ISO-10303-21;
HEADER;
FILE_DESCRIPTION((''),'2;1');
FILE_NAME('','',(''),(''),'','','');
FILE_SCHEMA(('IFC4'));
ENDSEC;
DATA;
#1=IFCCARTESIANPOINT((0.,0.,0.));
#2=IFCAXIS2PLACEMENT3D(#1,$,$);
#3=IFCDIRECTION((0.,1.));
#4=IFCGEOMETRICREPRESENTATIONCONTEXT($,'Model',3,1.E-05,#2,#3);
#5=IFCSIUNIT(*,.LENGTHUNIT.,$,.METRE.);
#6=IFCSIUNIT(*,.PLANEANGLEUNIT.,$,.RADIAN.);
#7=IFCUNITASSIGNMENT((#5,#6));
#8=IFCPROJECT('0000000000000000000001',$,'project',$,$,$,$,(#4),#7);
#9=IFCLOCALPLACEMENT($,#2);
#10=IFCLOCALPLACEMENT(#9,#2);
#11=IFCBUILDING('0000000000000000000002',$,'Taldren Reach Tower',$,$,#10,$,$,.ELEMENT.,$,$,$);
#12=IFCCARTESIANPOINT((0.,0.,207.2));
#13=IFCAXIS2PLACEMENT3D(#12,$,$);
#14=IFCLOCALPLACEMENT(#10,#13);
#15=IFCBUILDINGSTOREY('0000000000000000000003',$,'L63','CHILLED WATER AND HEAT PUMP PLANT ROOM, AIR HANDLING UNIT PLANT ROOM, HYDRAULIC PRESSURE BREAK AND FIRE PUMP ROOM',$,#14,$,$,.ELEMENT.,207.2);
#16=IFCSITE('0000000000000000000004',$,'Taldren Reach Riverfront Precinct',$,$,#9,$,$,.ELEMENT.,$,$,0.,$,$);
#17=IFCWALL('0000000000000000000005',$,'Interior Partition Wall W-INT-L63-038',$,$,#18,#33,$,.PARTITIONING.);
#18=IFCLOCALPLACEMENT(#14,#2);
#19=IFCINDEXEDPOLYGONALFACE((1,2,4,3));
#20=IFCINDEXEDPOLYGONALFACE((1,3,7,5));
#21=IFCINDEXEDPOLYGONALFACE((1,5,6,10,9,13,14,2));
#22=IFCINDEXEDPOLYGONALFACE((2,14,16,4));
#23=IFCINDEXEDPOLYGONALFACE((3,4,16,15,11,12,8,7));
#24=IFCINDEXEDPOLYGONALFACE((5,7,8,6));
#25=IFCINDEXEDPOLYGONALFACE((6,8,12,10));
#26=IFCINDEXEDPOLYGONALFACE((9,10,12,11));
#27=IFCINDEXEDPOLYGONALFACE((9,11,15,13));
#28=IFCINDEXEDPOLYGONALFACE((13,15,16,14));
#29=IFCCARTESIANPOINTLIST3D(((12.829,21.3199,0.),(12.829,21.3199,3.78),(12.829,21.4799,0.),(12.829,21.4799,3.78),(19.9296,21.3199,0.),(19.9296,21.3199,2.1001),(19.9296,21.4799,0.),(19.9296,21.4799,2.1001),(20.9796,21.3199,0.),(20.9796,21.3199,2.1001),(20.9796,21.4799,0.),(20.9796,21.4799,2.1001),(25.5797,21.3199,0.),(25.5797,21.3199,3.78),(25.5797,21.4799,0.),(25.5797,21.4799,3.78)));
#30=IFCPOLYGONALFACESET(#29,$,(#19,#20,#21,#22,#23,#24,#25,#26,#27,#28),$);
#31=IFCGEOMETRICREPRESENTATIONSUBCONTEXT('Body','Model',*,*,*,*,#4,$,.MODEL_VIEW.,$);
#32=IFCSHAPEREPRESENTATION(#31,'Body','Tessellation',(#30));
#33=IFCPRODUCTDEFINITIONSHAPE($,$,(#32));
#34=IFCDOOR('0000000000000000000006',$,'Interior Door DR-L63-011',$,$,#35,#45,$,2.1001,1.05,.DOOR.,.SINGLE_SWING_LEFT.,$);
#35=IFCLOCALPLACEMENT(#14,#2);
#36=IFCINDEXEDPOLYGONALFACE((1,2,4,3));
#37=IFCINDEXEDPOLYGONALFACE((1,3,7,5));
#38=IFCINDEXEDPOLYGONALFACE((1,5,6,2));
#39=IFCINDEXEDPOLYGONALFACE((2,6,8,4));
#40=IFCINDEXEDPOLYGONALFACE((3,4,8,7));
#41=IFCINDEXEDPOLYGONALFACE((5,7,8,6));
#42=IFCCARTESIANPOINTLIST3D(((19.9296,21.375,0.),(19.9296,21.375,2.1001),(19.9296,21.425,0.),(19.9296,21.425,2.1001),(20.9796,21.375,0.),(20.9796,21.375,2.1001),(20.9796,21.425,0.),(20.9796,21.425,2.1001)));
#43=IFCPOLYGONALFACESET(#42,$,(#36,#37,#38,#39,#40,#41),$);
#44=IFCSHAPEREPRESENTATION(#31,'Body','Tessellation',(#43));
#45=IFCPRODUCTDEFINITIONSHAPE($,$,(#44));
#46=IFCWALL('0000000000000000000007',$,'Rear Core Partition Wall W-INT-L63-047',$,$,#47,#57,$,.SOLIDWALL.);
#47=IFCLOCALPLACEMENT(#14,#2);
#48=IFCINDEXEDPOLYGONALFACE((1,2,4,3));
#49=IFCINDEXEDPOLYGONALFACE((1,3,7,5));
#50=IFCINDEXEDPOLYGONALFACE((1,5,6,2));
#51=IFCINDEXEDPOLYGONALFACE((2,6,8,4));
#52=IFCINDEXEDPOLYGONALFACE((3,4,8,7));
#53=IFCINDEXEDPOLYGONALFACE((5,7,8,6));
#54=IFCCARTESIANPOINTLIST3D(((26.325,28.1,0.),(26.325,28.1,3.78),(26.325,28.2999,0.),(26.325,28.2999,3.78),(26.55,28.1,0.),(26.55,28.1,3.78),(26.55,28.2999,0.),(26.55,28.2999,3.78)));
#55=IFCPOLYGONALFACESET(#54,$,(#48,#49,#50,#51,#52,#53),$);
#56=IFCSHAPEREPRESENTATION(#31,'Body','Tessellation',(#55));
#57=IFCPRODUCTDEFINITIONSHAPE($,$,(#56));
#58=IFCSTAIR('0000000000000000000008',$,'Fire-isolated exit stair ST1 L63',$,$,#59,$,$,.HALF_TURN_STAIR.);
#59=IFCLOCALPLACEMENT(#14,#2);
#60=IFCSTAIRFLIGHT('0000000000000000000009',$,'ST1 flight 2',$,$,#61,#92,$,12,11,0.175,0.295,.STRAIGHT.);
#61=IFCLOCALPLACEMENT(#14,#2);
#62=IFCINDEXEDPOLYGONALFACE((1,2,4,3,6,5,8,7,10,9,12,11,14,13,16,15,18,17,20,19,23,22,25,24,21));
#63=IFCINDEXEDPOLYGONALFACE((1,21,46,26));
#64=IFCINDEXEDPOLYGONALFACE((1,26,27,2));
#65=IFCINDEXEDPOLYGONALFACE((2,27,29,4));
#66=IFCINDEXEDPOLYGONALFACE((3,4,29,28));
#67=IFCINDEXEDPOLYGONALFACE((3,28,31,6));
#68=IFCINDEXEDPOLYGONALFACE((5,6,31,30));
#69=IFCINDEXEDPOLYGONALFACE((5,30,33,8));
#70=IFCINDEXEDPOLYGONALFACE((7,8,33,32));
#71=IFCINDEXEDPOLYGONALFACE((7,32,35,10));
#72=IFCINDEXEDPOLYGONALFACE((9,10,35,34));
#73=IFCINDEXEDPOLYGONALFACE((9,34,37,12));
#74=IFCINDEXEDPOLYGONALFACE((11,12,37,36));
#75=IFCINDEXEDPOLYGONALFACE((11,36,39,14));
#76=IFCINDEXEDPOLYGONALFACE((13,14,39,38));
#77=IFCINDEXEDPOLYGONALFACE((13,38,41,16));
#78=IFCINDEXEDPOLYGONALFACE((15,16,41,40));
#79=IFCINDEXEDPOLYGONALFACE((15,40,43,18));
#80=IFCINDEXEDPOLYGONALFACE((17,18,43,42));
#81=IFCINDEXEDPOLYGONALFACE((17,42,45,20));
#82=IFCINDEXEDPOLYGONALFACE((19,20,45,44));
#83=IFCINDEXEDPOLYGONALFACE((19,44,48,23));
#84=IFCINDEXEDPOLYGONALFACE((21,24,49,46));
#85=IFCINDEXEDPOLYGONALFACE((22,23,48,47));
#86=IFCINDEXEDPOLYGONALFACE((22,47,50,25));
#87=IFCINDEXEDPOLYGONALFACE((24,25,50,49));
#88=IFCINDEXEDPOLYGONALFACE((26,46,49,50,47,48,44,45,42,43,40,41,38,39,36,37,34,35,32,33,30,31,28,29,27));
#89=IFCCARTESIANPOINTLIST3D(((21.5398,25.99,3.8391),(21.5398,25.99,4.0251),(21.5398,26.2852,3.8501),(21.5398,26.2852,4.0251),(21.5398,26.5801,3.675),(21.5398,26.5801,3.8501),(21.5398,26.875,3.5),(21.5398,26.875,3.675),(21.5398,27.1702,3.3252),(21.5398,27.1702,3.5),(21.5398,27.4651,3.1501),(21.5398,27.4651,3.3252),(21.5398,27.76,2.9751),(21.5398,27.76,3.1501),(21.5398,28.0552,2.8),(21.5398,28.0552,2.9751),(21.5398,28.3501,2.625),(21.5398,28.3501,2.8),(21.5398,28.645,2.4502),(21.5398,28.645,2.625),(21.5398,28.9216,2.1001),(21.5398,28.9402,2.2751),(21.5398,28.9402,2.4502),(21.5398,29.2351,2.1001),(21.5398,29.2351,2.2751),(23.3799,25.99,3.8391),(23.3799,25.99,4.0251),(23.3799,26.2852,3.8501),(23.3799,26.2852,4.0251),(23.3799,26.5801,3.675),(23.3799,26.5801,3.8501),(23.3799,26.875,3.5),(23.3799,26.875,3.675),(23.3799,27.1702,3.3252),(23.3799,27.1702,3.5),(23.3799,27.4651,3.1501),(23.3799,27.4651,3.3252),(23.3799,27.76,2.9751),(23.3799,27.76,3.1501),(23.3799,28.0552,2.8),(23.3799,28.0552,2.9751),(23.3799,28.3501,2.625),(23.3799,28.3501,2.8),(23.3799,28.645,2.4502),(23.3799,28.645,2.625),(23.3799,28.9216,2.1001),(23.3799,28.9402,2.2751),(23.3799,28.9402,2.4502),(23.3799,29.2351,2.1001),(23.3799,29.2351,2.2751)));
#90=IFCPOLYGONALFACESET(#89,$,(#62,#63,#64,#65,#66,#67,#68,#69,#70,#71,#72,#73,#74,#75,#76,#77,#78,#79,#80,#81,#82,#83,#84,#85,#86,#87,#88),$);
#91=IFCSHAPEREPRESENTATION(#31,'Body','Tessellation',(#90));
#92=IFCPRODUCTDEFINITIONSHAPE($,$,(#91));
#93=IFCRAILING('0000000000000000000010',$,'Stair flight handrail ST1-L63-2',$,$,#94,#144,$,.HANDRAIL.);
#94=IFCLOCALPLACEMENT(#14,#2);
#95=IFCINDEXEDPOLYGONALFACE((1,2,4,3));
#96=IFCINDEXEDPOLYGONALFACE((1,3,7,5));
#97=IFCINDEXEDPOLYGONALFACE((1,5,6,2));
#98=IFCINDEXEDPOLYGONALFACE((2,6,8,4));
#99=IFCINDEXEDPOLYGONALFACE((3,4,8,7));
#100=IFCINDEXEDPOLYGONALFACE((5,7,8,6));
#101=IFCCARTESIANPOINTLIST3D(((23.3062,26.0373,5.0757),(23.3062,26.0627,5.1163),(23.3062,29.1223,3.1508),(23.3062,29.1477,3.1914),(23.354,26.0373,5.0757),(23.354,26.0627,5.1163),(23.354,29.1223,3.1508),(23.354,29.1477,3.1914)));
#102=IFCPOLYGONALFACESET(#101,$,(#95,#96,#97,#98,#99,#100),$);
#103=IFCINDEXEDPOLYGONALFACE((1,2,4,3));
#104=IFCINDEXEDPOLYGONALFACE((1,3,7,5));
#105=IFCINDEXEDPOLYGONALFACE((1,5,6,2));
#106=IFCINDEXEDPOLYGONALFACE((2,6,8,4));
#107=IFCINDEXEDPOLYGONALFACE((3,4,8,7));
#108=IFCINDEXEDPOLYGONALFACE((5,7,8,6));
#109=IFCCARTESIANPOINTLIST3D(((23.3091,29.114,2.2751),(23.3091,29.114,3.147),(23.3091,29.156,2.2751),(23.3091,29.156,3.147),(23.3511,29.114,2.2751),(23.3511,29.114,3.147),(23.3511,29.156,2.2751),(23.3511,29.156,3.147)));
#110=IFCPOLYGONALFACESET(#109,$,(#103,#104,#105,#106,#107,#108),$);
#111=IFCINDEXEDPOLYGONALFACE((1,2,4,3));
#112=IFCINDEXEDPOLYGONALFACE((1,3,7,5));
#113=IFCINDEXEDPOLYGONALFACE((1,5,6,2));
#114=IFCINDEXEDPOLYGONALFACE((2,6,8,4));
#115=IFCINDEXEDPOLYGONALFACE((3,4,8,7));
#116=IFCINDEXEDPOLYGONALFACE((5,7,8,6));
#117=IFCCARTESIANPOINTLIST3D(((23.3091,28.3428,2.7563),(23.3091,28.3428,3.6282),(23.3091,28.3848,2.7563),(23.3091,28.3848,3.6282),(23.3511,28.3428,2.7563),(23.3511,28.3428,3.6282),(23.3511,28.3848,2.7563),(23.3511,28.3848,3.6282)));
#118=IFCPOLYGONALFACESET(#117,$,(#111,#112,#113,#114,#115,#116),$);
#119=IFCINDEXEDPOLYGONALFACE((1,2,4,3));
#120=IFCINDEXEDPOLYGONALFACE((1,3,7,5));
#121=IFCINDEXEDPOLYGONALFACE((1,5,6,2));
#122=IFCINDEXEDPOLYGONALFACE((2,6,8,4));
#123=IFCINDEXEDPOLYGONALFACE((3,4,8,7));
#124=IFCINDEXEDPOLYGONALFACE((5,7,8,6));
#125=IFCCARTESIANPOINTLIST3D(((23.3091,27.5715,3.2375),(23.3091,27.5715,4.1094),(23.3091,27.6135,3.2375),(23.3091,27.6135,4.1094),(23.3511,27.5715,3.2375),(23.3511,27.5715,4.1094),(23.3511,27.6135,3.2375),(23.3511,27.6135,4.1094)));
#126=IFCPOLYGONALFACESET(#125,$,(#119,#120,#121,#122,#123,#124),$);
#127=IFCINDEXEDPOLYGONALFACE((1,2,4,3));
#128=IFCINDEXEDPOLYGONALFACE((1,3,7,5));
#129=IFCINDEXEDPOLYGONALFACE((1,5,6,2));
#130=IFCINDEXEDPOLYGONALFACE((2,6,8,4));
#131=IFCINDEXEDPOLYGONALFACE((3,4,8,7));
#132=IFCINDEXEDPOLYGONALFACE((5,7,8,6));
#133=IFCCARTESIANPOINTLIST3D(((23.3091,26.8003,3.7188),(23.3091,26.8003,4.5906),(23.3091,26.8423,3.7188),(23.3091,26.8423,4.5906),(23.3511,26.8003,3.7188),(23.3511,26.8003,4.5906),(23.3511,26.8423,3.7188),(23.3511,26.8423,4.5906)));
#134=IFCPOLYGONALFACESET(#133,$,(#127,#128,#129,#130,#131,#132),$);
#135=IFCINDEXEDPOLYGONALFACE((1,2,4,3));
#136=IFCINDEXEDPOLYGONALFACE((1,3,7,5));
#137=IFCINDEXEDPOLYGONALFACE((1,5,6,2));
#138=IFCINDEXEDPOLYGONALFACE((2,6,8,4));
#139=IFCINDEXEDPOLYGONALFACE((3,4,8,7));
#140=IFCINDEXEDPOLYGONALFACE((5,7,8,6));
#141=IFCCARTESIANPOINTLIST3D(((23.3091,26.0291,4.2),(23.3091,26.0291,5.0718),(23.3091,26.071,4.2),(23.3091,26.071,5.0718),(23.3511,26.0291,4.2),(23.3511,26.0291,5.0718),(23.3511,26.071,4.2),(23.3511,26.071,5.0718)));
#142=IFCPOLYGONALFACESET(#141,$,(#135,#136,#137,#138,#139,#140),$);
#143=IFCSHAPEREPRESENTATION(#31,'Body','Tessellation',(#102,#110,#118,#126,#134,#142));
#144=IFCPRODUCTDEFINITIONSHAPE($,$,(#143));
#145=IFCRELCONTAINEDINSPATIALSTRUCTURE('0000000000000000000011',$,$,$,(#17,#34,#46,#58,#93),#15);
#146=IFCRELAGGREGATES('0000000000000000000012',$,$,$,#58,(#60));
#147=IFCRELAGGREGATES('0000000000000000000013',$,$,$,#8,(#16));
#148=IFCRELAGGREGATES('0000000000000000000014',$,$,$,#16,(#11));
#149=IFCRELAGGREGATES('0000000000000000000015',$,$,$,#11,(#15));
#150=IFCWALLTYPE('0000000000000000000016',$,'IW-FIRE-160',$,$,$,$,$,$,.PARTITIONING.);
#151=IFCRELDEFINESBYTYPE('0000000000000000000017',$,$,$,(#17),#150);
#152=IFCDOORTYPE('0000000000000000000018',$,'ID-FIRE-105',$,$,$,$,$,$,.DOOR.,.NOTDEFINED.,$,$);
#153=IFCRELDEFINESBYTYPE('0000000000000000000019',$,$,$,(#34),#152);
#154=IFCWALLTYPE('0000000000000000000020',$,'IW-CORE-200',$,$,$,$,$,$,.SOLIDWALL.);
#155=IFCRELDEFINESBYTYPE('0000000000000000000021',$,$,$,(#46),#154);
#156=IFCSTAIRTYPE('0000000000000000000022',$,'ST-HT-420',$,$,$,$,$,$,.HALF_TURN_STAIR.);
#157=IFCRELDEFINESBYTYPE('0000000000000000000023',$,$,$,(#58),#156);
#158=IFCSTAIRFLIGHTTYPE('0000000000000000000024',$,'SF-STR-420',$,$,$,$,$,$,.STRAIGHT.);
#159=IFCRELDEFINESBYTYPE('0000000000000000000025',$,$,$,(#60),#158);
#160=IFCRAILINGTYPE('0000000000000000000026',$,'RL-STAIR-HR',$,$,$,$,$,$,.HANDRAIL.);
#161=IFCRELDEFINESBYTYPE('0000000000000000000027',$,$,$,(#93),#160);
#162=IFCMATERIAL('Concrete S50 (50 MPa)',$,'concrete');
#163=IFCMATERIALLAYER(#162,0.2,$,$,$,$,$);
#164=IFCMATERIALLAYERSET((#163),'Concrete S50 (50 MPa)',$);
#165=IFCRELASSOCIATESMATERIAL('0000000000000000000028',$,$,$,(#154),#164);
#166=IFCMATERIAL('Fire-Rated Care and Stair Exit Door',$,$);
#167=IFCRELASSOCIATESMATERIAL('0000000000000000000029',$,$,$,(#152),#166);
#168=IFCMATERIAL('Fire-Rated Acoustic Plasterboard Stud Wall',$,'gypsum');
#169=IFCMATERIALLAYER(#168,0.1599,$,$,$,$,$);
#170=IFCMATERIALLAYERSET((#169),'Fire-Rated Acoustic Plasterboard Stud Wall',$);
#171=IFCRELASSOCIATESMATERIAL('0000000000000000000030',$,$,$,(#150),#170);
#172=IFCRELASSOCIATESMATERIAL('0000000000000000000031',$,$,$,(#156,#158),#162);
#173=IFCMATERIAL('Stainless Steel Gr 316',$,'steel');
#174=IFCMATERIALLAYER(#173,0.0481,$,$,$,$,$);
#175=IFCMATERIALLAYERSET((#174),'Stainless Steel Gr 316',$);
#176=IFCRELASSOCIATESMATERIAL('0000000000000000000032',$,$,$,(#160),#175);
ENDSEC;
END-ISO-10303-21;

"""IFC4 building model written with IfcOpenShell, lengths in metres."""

from ifc_helpers import new_model, si_unit, direction, frame, frame_2d, origin, origin_2d, place, context, subcontext, project, spatial, polyline, rectangle, outline, extrude, source, transform, mapped, material, layer, layer_set, type_object, element, fill, aggregate, save


model = new_model("IFC4")

# Units and contexts
model_context = context("Model", 3, precision=1e-05, world=origin(), true_north=direction((0.0, 1.0)))
body_context = subcontext(model_context, "Body", "Model", "MODEL_VIEW")
ifc_project = project(units=[si_unit("LENGTHUNIT", "METRE"), si_unit("PLANEANGLEUNIT", "RADIAN")], contexts=[model_context])

# Site, building, storey
site_placement = place(None, origin())
site = spatial("IfcSite", under=ifc_project, at=site_placement, Name="Taldren Reach Riverfront Precinct", CompositionType="ELEMENT", RefElevation=0.0)
building_placement = place(site_placement, origin())
building = spatial("IfcBuilding", under=site, at=building_placement, Name="Taldren Reach Tower", CompositionType="ELEMENT")
storey_placement = place(building_placement, frame((0.0, 0.0, 207.2)))
storey = spatial("IfcBuildingStorey", under=building, at=storey_placement, Name="L63", Description="CHILLED WATER AND HEAT PUMP PLANT ROOM, AIR HANDLING UNIT PLANT ROOM, HYDRAULIC PRESSURE BREAK AND FIRE PUMP ROOM", CompositionType="ELEMENT", Elevation=207.2)

# Shared definitions
ifc_material_1 = material(Name="Concrete S50 (50 MPa)", Category="concrete")
ifc_layer_1 = layer(ifc_material_1, 0.2)
ifc_layer_set_1 = layer_set([ifc_layer_1], Name="Concrete S50 (50 MPa)")
wall_type_1 = type_object("IfcWallType", Name="IW-CORE-200", PredefinedType="SOLIDWALL", material=ifc_layer_set_1)

# Shared definitions
ifc_material_2 = material(Name="Fire-Rated Care and Stair Exit Door")
door_type_1 = type_object("IfcDoorType", Name="ID-FIRE-105", OperationType="NOTDEFINED", PredefinedType="DOOR", material=ifc_material_2)
shared_shape_1 = source(origin(), body_context, "Body", "SweptSolid", [
    extrude(rectangle(XDim=1.05, YDim=2.1001, at=frame_2d((0.5249, 1.05))), frame((0.0, 0.0249, 0.0), z_axis=(0.0, -1.0, 0.0), x_axis=(1.0, 0.0, 0.0)), (0.0, 0.0, 1.0), 0.05),
])

# Wall, opening, door
ifc_material_3 = material(Name="Fire-Rated Acoustic Plasterboard Stud Wall", Category="gypsum")
ifc_layer_2 = layer(ifc_material_3, 0.1599)
ifc_layer_set_2 = layer_set([ifc_layer_2], Name="Fire-Rated Acoustic Plasterboard Stud Wall")
wall_type_2 = type_object("IfcWallType", Name="IW-FIRE-160", PredefinedType="PARTITIONING", material=ifc_layer_set_2)
shared_shape_2 = source(origin(), body_context, "Body", "SweptSolid", [
    extrude(rectangle(XDim=12.7507, YDim=0.1599, at=frame_2d((6.3755, 0.0))), origin(), (0.0, 0.0, 1.0), 3.78),
])
wall_1_placement = place(storey_placement, frame((25.5798, 21.3999, 0.0), z_axis=(0.0, 0.0, 1.0), x_axis=(-1.0, 0.0, 0.0)))
wall_1 = element("IfcWall", 1, at=wall_1_placement, inside=storey, type_object=wall_type_2, Name="Interior Partition Wall W-INT-L63-038", PredefinedType="PARTITIONING", context=body_context, shape_type="MappedRepresentation", body=[
    mapped(shared_shape_2, transform((0.0, 0.0, 0.0), scale=1.0)),
])
shared_shape_3 = source(origin(), body_context, "Body", "SweptSolid", [
    extrude(rectangle(XDim=1.05, YDim=2.1001, at=frame_2d((0.5249, 1.05))), frame((0.0, 0.0898, 0.0), z_axis=(0.0, -1.0, 0.0), x_axis=(1.0, 0.0, 0.0)), (0.0, 0.0, 1.0), 0.1799),
])
opening_1_placement = place(wall_1_placement, frame((4.6003, 0.0, 0.0)))
opening_1 = element("IfcOpeningElement", 2, at=opening_1_placement, cuts=wall_1, PredefinedType="OPENING", context=body_context, shape_type="MappedRepresentation", body=[
    mapped(shared_shape_3, transform((0.0, 0.0, 0.0), scale=1.0)),
])
door_1_placement = place(opening_1_placement, origin())
door_1 = element("IfcDoor", 3, at=door_1_placement, inside=storey, type_object=door_type_1, Name="Interior Door DR-L63-011", OperationType="SINGLE_SWING_LEFT", OverallHeight=2.1001, OverallWidth=1.05, PredefinedType="DOOR", context=body_context, shape_type="MappedRepresentation", body=[
    mapped(shared_shape_1, transform((0.0, 0.0, 0.0), scale=1.0)),
])
fill(opening_1, door_1)

# Wall
shared_shape_4 = source(origin(), body_context, "Body", "SweptSolid", [
    extrude(rectangle(XDim=0.2251, YDim=0.2, at=frame_2d((0.1125, 0.0))), origin(), (0.0, 0.0, 1.0), 3.78),
])
wall_2_placement = place(storey_placement, frame((26.325, 28.2, 0.0), z_axis=(0.0, 0.0, 1.0), x_axis=(1.0, 0.0, 0.0)))
element("IfcWall", 4, at=wall_2_placement, inside=storey, type_object=wall_type_1, Name="Rear Core Partition Wall W-INT-L63-047", PredefinedType="SOLIDWALL", context=body_context, shape_type="MappedRepresentation", body=[
    mapped(shared_shape_4, transform((0.0, 0.0, 0.0), scale=1.0)),
])

# Stair, stair flight
stair_type = type_object("IfcStairType", Name="ST-HT-420", PredefinedType="HALF_TURN_STAIR", material=ifc_material_1)
stair_placement = place(storey_placement, origin())
stair = element("IfcStair", 5, at=stair_placement, inside=storey, type_object=stair_type, Name="Fire-isolated exit stair ST1 L63", PredefinedType="HALF_TURN_STAIR")
stair_flight_type = type_object("IfcStairFlightType", Name="SF-STR-420", PredefinedType="STRAIGHT", material=ifc_material_1)
stair_flight_placement = place(storey_placement, frame((22.46, 29.2351, 2.1001), z_axis=(0.0, 0.0, 1.0), x_axis=(0.0, -1.0, 0.0)))
stair_flight = element("IfcStairFlight", 6, at=stair_flight_placement, type_object=stair_flight_type, Name="ST1 flight 2", NumberOfRisers=12, NumberOfTreads=11, PredefinedType="STRAIGHT", RiserHeight=0.175, TreadLength=0.295, context=body_context, shape_type="SweptSolid", body=[
    extrude(outline(polyline([(0.0, 0.0), (0.0, 0.175), (0.2949, 0.175), (0.2949, 0.3501), (0.5901, 0.3501), (0.5901, 0.5249), (0.885, 0.5249), (0.885, 0.7), (1.1799, 0.7), (1.1799, 0.875), (1.4751, 0.875), (1.4751, 1.05), (1.77, 1.05), (1.77, 1.2251), (2.0649, 1.2251), (2.0649, 1.3999), (2.3601, 1.3999), (2.3601, 1.575), (2.655, 1.575), (2.655, 1.75), (2.95, 1.75), (2.95, 1.925), (3.2451, 1.925), (3.2451, 2.1001), (3.2451, 1.739), (0.3135, 0.0), (0.0, 0.0)])), frame((0.0, 0.9199, 0.0), z_axis=(0.0, -1.0, 0.0), x_axis=(1.0, 0.0, 0.0)), (0.0, 0.0, 1.0), 1.8401),
])
aggregate(stair, [stair_flight])

# Railing
ifc_material_4 = material(Name="Stainless Steel Gr 316", Category="steel")
ifc_layer_3 = layer(ifc_material_4, 0.0481)
ifc_layer_set_3 = layer_set([ifc_layer_3], Name="Stainless Steel Gr 316")
railing_type = type_object("IfcRailingType", Name="RL-STAIR-HR", PredefinedType="HANDRAIL", material=ifc_layer_set_3)
railing_placement = place(storey_placement, frame((23.3301, 29.135, 2.2751)))
element("IfcRailing", 7, at=railing_placement, inside=storey, type_object=railing_type, Name="Stair flight handrail ST1-L63-2", PredefinedType="HANDRAIL", context=body_context, shape_type="SweptSolid", body=[
    extrude(rectangle(XDim=0.0479, YDim=0.0479, at=origin_2d()), frame((0.0, 0.0, 0.896), z_axis=(0.0, -0.848405, 0.529347), x_axis=(1.0, 0.0, 0.0)), (0.0, 0.0, 1.0), 3.6362),
    extrude(rectangle(XDim=0.042, YDim=0.042, at=origin_2d()), origin(), (0.0, 0.0, 1.0), 0.8718),
    extrude(rectangle(XDim=0.042, YDim=0.042, at=origin_2d()), frame((0.0, -0.7712, 0.4812)), (0.0, 0.0, 1.0), 0.8718),
    extrude(rectangle(XDim=0.042, YDim=0.042, at=origin_2d()), frame((0.0, -1.5425, 0.9624)), (0.0, 0.0, 1.0), 0.8718),
    extrude(rectangle(XDim=0.042, YDim=0.042, at=origin_2d()), frame((0.0, -2.3137, 1.4436)), (0.0, 0.0, 1.0), 0.8718),
    extrude(rectangle(XDim=0.042, YDim=0.042, at=origin_2d()), frame((0.0, -3.085, 1.9248)), (0.0, 0.0, 1.0), 0.8718),
])

save(model, "model.ifc")
